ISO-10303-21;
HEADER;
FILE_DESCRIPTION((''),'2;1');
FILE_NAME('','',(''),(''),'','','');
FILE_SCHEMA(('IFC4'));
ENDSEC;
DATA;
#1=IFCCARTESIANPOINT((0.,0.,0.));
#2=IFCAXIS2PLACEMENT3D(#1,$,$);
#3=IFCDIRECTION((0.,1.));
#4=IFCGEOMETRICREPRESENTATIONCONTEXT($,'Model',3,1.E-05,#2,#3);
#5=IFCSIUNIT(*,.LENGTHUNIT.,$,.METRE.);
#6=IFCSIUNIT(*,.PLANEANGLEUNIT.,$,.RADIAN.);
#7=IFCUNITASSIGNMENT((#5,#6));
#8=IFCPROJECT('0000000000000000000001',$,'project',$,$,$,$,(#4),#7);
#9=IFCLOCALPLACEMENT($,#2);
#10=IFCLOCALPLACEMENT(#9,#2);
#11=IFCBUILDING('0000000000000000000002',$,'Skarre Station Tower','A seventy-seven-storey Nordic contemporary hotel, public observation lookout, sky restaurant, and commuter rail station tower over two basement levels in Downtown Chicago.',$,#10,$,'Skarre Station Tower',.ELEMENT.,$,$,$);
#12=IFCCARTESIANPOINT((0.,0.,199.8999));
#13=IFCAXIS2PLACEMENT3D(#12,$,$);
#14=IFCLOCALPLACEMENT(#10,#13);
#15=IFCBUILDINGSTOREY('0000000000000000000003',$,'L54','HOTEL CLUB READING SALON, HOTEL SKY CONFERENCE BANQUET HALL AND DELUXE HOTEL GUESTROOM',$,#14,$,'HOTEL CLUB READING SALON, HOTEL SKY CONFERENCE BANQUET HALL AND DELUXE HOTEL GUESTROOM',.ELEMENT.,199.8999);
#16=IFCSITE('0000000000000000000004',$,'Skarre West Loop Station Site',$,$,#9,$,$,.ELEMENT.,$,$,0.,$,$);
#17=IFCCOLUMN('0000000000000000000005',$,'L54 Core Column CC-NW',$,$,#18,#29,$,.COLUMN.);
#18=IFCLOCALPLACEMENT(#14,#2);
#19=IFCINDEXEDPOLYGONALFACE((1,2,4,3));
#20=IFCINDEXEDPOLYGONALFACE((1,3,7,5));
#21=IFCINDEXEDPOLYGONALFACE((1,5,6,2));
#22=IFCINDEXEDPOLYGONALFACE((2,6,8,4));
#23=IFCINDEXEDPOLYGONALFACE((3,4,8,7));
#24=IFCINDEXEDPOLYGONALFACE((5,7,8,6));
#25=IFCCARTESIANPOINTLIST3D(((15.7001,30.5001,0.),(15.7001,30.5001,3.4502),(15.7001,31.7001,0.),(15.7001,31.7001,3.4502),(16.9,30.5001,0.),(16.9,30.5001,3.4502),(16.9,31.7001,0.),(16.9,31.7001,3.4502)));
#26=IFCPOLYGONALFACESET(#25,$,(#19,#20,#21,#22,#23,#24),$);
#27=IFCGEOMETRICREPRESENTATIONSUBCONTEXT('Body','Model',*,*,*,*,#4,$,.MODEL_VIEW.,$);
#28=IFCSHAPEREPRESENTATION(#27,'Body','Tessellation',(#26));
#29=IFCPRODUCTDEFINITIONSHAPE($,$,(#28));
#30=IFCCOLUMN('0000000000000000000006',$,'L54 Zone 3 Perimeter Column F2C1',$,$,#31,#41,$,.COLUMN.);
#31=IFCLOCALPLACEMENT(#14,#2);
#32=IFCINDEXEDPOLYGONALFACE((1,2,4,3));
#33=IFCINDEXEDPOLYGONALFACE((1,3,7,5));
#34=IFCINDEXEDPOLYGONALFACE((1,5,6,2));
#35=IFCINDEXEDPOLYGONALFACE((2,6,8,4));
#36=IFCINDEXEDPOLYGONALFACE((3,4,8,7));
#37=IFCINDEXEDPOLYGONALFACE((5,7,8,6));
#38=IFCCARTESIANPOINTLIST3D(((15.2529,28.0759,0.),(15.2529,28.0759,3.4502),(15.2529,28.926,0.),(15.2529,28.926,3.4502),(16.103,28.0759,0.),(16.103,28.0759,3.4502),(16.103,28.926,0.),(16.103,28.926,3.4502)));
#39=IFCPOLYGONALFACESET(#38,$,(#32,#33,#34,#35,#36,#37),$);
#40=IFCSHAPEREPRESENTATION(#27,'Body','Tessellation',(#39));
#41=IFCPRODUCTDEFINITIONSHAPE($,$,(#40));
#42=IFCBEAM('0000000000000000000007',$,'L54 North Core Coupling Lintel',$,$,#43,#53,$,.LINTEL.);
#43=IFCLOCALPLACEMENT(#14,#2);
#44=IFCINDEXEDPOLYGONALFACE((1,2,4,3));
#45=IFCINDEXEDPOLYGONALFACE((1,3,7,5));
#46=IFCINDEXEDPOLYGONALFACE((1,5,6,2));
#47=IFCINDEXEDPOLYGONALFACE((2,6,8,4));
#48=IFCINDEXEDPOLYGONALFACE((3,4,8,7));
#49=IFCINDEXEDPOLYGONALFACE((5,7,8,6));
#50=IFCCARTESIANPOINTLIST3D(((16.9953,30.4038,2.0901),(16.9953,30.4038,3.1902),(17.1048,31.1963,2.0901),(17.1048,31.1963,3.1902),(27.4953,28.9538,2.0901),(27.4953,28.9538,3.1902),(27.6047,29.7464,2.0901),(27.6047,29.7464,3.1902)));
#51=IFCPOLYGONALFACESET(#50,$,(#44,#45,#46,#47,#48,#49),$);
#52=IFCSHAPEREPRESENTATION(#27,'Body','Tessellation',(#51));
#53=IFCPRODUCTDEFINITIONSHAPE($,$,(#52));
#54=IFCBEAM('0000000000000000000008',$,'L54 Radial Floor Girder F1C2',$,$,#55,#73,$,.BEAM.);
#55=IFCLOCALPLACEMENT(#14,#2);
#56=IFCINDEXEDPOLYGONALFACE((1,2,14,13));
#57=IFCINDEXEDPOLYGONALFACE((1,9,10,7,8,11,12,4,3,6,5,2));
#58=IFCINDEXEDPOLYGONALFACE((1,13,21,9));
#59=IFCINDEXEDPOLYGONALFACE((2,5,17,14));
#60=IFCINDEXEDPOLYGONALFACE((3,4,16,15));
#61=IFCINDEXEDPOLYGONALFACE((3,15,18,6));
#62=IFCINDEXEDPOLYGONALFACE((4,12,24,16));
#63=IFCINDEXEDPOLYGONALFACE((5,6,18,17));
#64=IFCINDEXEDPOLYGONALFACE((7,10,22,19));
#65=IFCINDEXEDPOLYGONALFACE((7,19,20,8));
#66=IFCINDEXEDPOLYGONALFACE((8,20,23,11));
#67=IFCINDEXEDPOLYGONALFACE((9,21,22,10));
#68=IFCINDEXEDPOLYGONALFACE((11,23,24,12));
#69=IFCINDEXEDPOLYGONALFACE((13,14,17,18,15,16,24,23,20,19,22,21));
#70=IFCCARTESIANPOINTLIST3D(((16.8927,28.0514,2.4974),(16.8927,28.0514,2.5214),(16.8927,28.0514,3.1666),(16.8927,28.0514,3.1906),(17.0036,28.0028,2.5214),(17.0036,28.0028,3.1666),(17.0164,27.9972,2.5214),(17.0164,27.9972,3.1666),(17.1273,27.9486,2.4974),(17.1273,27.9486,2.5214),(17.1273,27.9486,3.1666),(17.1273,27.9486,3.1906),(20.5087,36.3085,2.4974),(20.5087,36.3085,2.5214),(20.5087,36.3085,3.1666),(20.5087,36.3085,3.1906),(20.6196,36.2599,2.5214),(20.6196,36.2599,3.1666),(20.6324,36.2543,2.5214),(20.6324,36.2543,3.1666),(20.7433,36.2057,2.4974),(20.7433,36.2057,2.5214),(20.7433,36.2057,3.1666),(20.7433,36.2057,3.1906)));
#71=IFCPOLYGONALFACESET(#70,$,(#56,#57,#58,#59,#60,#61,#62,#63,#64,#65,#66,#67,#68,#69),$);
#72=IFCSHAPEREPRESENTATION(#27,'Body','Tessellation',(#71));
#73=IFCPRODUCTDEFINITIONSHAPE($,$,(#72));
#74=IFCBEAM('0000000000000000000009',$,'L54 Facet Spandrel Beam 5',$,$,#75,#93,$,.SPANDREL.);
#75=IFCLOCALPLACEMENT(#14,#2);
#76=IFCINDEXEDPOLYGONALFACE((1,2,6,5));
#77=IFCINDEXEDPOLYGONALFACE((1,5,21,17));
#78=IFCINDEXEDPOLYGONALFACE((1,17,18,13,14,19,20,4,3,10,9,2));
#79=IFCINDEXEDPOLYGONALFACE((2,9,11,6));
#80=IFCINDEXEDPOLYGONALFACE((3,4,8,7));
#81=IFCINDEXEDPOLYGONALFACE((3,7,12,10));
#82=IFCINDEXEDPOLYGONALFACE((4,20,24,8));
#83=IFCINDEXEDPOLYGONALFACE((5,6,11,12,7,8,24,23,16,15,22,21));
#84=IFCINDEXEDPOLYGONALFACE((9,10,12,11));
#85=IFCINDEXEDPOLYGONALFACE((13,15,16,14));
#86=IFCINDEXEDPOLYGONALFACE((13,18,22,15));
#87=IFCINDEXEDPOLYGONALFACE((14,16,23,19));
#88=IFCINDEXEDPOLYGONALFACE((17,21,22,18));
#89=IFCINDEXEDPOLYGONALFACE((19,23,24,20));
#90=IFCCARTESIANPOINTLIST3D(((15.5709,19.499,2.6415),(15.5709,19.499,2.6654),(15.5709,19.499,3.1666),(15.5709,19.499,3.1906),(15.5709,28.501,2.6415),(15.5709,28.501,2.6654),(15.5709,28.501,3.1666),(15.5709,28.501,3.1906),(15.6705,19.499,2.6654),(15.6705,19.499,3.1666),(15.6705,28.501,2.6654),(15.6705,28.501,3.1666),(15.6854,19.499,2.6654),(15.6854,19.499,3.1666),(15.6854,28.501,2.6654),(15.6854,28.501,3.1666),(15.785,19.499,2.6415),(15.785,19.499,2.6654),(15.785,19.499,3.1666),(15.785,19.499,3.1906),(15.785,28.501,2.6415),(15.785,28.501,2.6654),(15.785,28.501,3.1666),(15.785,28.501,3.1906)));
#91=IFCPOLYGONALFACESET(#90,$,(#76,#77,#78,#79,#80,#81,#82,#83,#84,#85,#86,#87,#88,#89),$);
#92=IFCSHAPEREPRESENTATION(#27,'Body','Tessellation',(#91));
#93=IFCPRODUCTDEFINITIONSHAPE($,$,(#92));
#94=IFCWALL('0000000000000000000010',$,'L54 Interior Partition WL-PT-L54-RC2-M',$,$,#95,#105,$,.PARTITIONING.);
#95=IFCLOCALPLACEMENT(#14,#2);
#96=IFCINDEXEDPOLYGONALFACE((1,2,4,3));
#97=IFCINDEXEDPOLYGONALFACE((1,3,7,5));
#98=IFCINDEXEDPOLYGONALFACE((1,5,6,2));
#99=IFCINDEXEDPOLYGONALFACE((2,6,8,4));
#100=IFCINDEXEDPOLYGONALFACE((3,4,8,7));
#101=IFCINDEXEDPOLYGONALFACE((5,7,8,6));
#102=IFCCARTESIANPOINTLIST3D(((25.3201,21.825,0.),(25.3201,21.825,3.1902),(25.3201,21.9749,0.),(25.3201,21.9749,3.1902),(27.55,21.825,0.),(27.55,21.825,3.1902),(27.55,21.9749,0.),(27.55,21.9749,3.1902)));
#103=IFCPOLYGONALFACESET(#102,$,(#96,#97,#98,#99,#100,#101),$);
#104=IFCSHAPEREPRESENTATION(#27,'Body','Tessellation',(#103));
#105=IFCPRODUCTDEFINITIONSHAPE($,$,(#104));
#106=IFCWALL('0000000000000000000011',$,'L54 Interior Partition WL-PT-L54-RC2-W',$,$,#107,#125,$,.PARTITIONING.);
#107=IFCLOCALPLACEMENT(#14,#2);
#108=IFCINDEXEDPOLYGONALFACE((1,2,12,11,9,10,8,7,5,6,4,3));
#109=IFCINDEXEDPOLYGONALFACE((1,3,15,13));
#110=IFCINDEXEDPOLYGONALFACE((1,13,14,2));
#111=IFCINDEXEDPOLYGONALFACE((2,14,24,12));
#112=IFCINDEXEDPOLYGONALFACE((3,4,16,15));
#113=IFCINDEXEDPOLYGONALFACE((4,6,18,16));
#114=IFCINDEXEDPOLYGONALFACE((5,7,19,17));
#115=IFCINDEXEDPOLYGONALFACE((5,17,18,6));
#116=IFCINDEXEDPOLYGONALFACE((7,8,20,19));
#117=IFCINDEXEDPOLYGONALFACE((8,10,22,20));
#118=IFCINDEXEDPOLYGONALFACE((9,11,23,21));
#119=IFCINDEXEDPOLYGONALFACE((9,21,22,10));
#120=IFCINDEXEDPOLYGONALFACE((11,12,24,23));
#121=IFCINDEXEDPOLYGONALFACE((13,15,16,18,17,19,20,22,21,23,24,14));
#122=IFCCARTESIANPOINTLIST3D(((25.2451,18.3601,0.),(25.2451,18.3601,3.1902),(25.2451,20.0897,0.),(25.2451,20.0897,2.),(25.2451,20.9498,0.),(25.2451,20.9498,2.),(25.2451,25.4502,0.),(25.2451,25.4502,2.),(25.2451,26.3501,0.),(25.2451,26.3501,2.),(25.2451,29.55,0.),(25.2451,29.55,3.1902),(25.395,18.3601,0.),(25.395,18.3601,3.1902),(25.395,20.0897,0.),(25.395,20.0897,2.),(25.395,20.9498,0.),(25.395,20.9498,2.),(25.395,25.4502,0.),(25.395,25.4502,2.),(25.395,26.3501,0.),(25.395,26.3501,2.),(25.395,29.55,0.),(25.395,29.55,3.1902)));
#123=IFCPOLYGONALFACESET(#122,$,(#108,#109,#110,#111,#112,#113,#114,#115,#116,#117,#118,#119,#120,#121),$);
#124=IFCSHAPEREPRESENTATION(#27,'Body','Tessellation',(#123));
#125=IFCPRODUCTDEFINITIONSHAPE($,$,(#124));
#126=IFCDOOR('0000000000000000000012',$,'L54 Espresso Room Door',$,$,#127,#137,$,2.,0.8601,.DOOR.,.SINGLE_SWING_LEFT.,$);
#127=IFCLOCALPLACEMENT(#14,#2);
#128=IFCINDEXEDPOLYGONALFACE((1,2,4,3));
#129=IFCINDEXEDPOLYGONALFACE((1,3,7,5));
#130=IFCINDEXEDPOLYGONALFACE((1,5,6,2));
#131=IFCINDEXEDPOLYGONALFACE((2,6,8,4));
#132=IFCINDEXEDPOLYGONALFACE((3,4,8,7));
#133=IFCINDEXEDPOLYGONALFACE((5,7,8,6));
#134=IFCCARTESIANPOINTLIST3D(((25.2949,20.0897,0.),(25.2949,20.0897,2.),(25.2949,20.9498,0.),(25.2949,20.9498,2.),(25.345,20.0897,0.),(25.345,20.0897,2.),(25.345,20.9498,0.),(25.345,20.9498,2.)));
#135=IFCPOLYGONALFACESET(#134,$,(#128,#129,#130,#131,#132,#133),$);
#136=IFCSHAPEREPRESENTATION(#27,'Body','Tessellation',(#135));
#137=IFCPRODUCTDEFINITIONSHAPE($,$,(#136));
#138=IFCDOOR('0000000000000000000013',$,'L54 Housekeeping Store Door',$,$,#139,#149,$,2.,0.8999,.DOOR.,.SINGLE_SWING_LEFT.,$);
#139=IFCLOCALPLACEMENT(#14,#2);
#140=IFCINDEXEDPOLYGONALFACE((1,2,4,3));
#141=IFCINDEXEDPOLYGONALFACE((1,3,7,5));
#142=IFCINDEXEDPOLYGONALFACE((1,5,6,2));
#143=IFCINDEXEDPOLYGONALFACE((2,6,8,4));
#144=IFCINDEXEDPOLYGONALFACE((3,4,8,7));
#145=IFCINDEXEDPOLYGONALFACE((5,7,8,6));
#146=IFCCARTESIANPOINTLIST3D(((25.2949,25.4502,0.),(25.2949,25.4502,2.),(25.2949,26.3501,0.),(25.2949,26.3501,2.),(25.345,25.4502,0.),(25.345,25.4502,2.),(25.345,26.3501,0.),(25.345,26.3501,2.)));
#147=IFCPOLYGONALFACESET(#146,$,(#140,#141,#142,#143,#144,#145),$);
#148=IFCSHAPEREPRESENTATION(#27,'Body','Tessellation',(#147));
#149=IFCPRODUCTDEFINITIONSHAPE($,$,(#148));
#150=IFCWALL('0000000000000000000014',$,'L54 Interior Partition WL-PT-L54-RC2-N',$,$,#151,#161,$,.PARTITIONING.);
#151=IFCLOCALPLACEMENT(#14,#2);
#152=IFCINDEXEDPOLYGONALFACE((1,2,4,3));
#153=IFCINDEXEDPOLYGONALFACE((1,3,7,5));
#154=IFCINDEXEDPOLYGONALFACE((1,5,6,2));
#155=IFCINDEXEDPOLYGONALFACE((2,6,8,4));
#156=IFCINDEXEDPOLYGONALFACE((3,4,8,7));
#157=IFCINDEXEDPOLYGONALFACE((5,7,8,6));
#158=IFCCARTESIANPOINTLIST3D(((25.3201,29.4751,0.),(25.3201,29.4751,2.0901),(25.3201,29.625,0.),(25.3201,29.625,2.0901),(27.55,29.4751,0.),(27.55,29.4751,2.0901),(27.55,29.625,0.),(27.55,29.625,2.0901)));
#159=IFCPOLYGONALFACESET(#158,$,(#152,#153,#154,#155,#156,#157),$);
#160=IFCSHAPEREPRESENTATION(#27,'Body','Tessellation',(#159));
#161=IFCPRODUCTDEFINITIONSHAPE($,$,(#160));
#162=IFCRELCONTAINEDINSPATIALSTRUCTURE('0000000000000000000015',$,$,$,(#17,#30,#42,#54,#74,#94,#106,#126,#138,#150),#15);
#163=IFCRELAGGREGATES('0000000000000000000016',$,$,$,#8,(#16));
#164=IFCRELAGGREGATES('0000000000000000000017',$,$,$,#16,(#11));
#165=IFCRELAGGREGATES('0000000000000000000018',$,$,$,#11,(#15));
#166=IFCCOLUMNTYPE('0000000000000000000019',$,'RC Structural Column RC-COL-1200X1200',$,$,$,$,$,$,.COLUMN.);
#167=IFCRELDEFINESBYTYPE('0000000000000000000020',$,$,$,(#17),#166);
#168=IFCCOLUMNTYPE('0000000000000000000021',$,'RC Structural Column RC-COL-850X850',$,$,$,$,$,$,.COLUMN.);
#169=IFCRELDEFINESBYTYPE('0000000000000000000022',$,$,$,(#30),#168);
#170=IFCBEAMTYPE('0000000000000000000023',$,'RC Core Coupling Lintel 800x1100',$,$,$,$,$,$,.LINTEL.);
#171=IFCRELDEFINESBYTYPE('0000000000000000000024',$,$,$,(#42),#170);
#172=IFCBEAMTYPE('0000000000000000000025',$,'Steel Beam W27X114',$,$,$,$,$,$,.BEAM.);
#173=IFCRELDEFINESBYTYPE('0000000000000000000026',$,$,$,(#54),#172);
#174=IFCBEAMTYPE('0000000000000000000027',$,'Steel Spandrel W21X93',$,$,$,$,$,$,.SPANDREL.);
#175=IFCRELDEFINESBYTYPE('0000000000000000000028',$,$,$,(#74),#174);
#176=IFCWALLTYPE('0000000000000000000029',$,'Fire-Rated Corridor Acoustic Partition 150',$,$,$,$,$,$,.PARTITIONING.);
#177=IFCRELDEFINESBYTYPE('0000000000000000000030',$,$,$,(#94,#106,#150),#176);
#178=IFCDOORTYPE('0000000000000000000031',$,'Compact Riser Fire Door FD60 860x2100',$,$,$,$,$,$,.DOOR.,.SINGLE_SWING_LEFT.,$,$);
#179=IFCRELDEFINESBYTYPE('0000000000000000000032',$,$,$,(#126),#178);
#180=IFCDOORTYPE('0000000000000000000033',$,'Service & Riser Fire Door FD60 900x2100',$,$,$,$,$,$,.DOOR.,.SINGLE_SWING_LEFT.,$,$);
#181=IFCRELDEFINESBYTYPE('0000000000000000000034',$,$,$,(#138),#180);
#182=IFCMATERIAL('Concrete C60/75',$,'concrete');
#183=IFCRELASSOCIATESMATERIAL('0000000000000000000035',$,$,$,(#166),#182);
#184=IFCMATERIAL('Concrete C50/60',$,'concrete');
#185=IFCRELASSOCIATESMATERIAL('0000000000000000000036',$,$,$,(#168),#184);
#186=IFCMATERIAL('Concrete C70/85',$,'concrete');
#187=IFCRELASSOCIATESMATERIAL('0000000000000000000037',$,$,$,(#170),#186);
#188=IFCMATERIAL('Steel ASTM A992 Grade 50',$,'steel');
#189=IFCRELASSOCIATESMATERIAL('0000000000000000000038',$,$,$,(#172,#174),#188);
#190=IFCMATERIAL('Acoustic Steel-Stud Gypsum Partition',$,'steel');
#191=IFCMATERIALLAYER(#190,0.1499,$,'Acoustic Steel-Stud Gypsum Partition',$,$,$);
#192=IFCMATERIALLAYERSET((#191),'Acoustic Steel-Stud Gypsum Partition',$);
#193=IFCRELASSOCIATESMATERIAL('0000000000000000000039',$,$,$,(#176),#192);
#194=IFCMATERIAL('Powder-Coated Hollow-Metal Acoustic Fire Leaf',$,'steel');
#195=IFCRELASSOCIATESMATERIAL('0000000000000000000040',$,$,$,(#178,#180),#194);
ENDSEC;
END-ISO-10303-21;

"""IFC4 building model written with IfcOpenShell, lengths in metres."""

from ifc_helpers import new_model, si_unit, direction, frame, frame_2d, origin, origin_2d, place, context, subcontext, project, spatial, rectangle, i_section, extrude, material, layer, layer_set, material_profile, profile_set, type_object, element, fill, save


model = new_model("IFC4")

# Units and contexts
model_context = context("Model", 3, precision=1e-05, world=origin(), true_north=direction((0.0, 1.0)))
body_context = subcontext(model_context, "Body", "Model", "MODEL_VIEW")
ifc_project = project(units=[si_unit("LENGTHUNIT", "METRE"), si_unit("PLANEANGLEUNIT", "RADIAN")], contexts=[model_context])

# Site, building, storey
site_placement = place(None, origin())
site = spatial("IfcSite", under=ifc_project, at=site_placement, Name="Skarre West Loop Station Site", CompositionType="ELEMENT", RefElevation=0.0)
building_placement = place(site_placement, origin())
building = spatial("IfcBuilding", under=site, at=building_placement, Name="Skarre Station Tower", Description="A seventy-seven-storey Nordic contemporary hotel, public observation lookout, sky restaurant, and commuter rail station tower over two basement levels in Downtown Chicago.", LongName="Skarre Station Tower", CompositionType="ELEMENT")
storey_placement = place(building_placement, frame((0.0, 0.0, 199.8999)))
storey = spatial("IfcBuildingStorey", under=building, at=storey_placement, Name="L54", Description="HOTEL CLUB READING SALON, HOTEL SKY CONFERENCE BANQUET HALL AND DELUXE HOTEL GUESTROOM", LongName="HOTEL CLUB READING SALON, HOTEL SKY CONFERENCE BANQUET HALL AND DELUXE HOTEL GUESTROOM", CompositionType="ELEMENT", Elevation=199.8999)

# Columns
ifc_material_1 = material(Name="Concrete C60/75", Category="concrete")
ifc_material_profile_1 = material_profile(ifc_material_1, rectangle(XDim=1.2, YDim=1.2, at=origin_2d()), Name="Concrete C60/75")
ifc_profile_set_1 = profile_set([ifc_material_profile_1], Name="Concrete C60/75")
column_type_1 = type_object("IfcColumnType", Name="RC Structural Column RC-COL-1200X1200", PredefinedType="COLUMN", material=ifc_profile_set_1)
column_1_placement = place(storey_placement, frame((16.3, 31.1001, 0.0), z_axis=(0.0, 0.0, 1.0), x_axis=(1.0, 0.0, 0.0)))
element("IfcColumn", 1, at=column_1_placement, inside=storey, type_object=column_type_1, Name="L54 Core Column CC-NW", PredefinedType="COLUMN", context=body_context, shape_type="SweptSolid", body=[
    extrude(rectangle(XDim=1.2, YDim=1.2, at=origin_2d()), origin(), (0.0, 0.0, 1.0), 3.4502),
])
ifc_material_2 = material(Name="Concrete C50/60", Category="concrete")
ifc_material_profile_2 = material_profile(ifc_material_2, rectangle(XDim=0.8501, YDim=0.8501, at=origin_2d()), Name="Concrete C50/60")
ifc_profile_set_2 = profile_set([ifc_material_profile_2], Name="Concrete C50/60")
column_type_2 = type_object("IfcColumnType", Name="RC Structural Column RC-COL-850X850", PredefinedType="COLUMN", material=ifc_profile_set_2)
column_2_placement = place(storey_placement, frame((15.678, 28.501, 0.0), z_axis=(0.0, 0.0, 1.0), x_axis=(1.0, 0.0, 0.0)))
element("IfcColumn", 2, at=column_2_placement, inside=storey, type_object=column_type_2, Name="L54 Zone 3 Perimeter Column F2C1", PredefinedType="COLUMN", context=body_context, shape_type="SweptSolid", body=[
    extrude(rectangle(XDim=0.8501, YDim=0.8501, at=origin_2d()), origin(), (0.0, 0.0, 1.0), 3.4502),
])

# Beams
ifc_material_3 = material(Name="Concrete C70/85", Category="concrete")
ifc_material_profile_3 = material_profile(ifc_material_3, rectangle(XDim=0.8, YDim=1.1001, at=origin_2d()), Name="Concrete C70/85")
ifc_profile_set_3 = profile_set([ifc_material_profile_3], Name="Concrete C70/85")
beam_type_1 = type_object("IfcBeamType", Name="RC Core Coupling Lintel 800x1100", PredefinedType="LINTEL", material=ifc_profile_set_3)
beam_1_placement = place(storey_placement, frame((17.05, 30.8, 2.6401), z_axis=(0.9906, -0.136792, 0.0), x_axis=(0.136792, 0.9906, 0.0)))
element("IfcBeam", 3, at=beam_1_placement, inside=storey, type_object=beam_type_1, Name="L54 North Core Coupling Lintel", PredefinedType="LINTEL", context=body_context, shape_type="SweptSolid", body=[
    extrude(rectangle(XDim=0.8, YDim=1.1001, at=origin_2d()), origin(), (0.0, 0.0, 1.0), 10.5996),
])
ifc_material_4 = material(Name="Steel ASTM A992 Grade 50", Category="steel")
ifc_material_profile_4 = material_profile(ifc_material_4, i_section(OverallWidth=0.2561, OverallDepth=0.6931, WebThickness=0.0139, FlangeThickness=0.0239, at=origin_2d()), Name="Steel ASTM A992 Grade 50")
ifc_profile_set_4 = profile_set([ifc_material_profile_4], Name="Steel ASTM A992 Grade 50")
beam_type_2 = type_object("IfcBeamType", Name="Steel Beam W27X114", PredefinedType="BEAM", material=ifc_profile_set_4)
beam_2_placement = place(storey_placement, frame((17.01, 28.0, 2.844), z_axis=(0.401144, 0.916015, 0.0), x_axis=(-0.916015, 0.401144, 0.0)))
element("IfcBeam", 4, at=beam_2_placement, inside=storey, type_object=beam_type_2, Name="L54 Radial Floor Girder F1C2", PredefinedType="BEAM", context=body_context, shape_type="SweptSolid", body=[
    extrude(i_section(OverallWidth=0.2561, OverallDepth=0.6931, WebThickness=0.0139, FlangeThickness=0.0239, at=origin_2d()), origin(), (0.0, 0.0, 1.0), 9.0142),
])
ifc_material_profile_5 = material_profile(ifc_material_4, i_section(OverallWidth=0.2141, OverallDepth=0.5491, WebThickness=0.0149, FlangeThickness=0.0239, at=origin_2d()), Name="Steel ASTM A992 Grade 50")
ifc_profile_set_5 = profile_set([ifc_material_profile_5], Name="Steel ASTM A992 Grade 50")
beam_type_3 = type_object("IfcBeamType", Name="Steel Spandrel W21X93", PredefinedType="SPANDREL", material=ifc_profile_set_5)
beam_3_placement = place(storey_placement, frame((15.678, 28.501, 2.916), z_axis=(0.0, -1.0, 0.0), x_axis=(1.0, 0.0, 0.0)))
element("IfcBeam", 5, at=beam_3_placement, inside=storey, type_object=beam_type_3, Name="L54 Facet Spandrel Beam 5", PredefinedType="SPANDREL", context=body_context, shape_type="SweptSolid", body=[
    extrude(i_section(OverallWidth=0.2141, OverallDepth=0.5491, WebThickness=0.0149, FlangeThickness=0.0239, at=origin_2d()), origin(), (0.0, 0.0, 1.0), 9.002),
])

# Wall
ifc_material_5 = material(Name="Acoustic Steel-Stud Gypsum Partition", Category="steel")
ifc_layer_1 = layer(ifc_material_5, 0.1499, Name="Acoustic Steel-Stud Gypsum Partition")
ifc_layer_set_1 = layer_set([ifc_layer_1], Name="Acoustic Steel-Stud Gypsum Partition")
wall_type_1 = type_object("IfcWallType", Name="Fire-Rated Corridor Acoustic Partition 150", PredefinedType="PARTITIONING", material=ifc_layer_set_1)
wall_1_placement = place(storey_placement, frame((25.3201, 21.8999, 0.0), z_axis=(0.0, 0.0, 1.0), x_axis=(1.0, 0.0, 0.0)))
element("IfcWall", 6, at=wall_1_placement, inside=storey, type_object=wall_type_1, Name="L54 Interior Partition WL-PT-L54-RC2-M", PredefinedType="PARTITIONING", context=body_context, shape_type="SweptSolid", body=[
    extrude(rectangle(XDim=2.23, YDim=0.1499, at=frame_2d((1.115, 0.0))), origin(), (0.0, 0.0, 1.0), 3.1902),
])

# Wall, openings, doors
wall_2_placement = place(storey_placement, frame((25.3201, 29.55, 0.0), z_axis=(0.0, 0.0, 1.0), x_axis=(0.0, -1.0, 0.0)))
wall_2 = element("IfcWall", 7, at=wall_2_placement, inside=storey, type_object=wall_type_1, Name="L54 Interior Partition WL-PT-L54-RC2-W", PredefinedType="PARTITIONING", context=body_context, shape_type="SweptSolid", body=[
    extrude(rectangle(XDim=11.1899, YDim=0.1499, at=frame_2d((5.595, 0.0))), origin(), (0.0, 0.0, 1.0), 3.1902),
])
opening_1_placement = place(wall_2_placement, frame((3.2, 0.0, 0.0)))
opening_1 = element("IfcOpeningElement", 8, at=opening_1_placement, cuts=wall_2, PredefinedType="OPENING", context=body_context, shape_type="SweptSolid", body=[
    extrude(rectangle(XDim=0.8999, YDim=2.0, at=frame_2d((0.45, 1.0))), frame((0.0, 0.085, 0.0), z_axis=(0.0, -1.0, 0.0), x_axis=(1.0, 0.0, 0.0)), (0.0, 0.0, 1.0), 0.1699),
])
opening_2_placement = place(wall_2_placement, frame((8.6001, 0.0, 0.0)))
opening_2 = element("IfcOpeningElement", 9, at=opening_2_placement, cuts=wall_2, PredefinedType="OPENING", context=body_context, shape_type="SweptSolid", body=[
    extrude(rectangle(XDim=0.8601, YDim=2.0, at=frame_2d((0.4302, 1.0))), frame((0.0, 0.085, 0.0), z_axis=(0.0, -1.0, 0.0), x_axis=(1.0, 0.0, 0.0)), (0.0, 0.0, 1.0), 0.1699),
])
ifc_material_6 = material(Name="Powder-Coated Hollow-Metal Acoustic Fire Leaf", Category="steel")
door_type_1 = type_object("IfcDoorType", Name="Compact Riser Fire Door FD60 860x2100", OperationType="SINGLE_SWING_LEFT", PredefinedType="DOOR", material=ifc_material_6)
door_1_placement = place(opening_2_placement, origin())
door_1 = element("IfcDoor", 10, at=door_1_placement, inside=storey, type_object=door_type_1, Name="L54 Espresso Room Door", OperationType="SINGLE_SWING_LEFT", OverallHeight=2.0, OverallWidth=0.8601, PredefinedType="DOOR", context=body_context, shape_type="SweptSolid", body=[
    extrude(rectangle(XDim=0.8601, YDim=2.0, at=frame_2d((0.4302, 1.0))), frame((0.0, 0.0249, 0.0), z_axis=(0.0, -1.0, 0.0), x_axis=(1.0, 0.0, 0.0)), (0.0, 0.0, 1.0), 0.05),
])
fill(opening_2, door_1)
door_type_2 = type_object("IfcDoorType", Name="Service & Riser Fire Door FD60 900x2100", OperationType="SINGLE_SWING_LEFT", PredefinedType="DOOR", material=ifc_material_6)
door_2_placement = place(opening_1_placement, origin())
door_2 = element("IfcDoor", 11, at=door_2_placement, inside=storey, type_object=door_type_2, Name="L54 Housekeeping Store Door", OperationType="SINGLE_SWING_LEFT", OverallHeight=2.0, OverallWidth=0.8999, PredefinedType="DOOR", context=body_context, shape_type="SweptSolid", body=[
    extrude(rectangle(XDim=0.8999, YDim=2.0, at=frame_2d((0.45, 1.0))), frame((0.0, 0.0249, 0.0), z_axis=(0.0, -1.0, 0.0), x_axis=(1.0, 0.0, 0.0)), (0.0, 0.0, 1.0), 0.05),
])
fill(opening_1, door_2)

# Wall
wall_3_placement = place(storey_placement, frame((27.55, 29.55, 0.0), z_axis=(0.0, 0.0, 1.0), x_axis=(-1.0, 0.0, 0.0)))
element("IfcWall", 12, at=wall_3_placement, inside=storey, type_object=wall_type_1, Name="L54 Interior Partition WL-PT-L54-RC2-N", PredefinedType="PARTITIONING", context=body_context, shape_type="SweptSolid", body=[
    extrude(rectangle(XDim=2.23, YDim=0.1499, at=frame_2d((1.115, 0.0))), origin(), (0.0, 0.0, 1.0), 2.0901),
])

save(model, "model.ifc")
